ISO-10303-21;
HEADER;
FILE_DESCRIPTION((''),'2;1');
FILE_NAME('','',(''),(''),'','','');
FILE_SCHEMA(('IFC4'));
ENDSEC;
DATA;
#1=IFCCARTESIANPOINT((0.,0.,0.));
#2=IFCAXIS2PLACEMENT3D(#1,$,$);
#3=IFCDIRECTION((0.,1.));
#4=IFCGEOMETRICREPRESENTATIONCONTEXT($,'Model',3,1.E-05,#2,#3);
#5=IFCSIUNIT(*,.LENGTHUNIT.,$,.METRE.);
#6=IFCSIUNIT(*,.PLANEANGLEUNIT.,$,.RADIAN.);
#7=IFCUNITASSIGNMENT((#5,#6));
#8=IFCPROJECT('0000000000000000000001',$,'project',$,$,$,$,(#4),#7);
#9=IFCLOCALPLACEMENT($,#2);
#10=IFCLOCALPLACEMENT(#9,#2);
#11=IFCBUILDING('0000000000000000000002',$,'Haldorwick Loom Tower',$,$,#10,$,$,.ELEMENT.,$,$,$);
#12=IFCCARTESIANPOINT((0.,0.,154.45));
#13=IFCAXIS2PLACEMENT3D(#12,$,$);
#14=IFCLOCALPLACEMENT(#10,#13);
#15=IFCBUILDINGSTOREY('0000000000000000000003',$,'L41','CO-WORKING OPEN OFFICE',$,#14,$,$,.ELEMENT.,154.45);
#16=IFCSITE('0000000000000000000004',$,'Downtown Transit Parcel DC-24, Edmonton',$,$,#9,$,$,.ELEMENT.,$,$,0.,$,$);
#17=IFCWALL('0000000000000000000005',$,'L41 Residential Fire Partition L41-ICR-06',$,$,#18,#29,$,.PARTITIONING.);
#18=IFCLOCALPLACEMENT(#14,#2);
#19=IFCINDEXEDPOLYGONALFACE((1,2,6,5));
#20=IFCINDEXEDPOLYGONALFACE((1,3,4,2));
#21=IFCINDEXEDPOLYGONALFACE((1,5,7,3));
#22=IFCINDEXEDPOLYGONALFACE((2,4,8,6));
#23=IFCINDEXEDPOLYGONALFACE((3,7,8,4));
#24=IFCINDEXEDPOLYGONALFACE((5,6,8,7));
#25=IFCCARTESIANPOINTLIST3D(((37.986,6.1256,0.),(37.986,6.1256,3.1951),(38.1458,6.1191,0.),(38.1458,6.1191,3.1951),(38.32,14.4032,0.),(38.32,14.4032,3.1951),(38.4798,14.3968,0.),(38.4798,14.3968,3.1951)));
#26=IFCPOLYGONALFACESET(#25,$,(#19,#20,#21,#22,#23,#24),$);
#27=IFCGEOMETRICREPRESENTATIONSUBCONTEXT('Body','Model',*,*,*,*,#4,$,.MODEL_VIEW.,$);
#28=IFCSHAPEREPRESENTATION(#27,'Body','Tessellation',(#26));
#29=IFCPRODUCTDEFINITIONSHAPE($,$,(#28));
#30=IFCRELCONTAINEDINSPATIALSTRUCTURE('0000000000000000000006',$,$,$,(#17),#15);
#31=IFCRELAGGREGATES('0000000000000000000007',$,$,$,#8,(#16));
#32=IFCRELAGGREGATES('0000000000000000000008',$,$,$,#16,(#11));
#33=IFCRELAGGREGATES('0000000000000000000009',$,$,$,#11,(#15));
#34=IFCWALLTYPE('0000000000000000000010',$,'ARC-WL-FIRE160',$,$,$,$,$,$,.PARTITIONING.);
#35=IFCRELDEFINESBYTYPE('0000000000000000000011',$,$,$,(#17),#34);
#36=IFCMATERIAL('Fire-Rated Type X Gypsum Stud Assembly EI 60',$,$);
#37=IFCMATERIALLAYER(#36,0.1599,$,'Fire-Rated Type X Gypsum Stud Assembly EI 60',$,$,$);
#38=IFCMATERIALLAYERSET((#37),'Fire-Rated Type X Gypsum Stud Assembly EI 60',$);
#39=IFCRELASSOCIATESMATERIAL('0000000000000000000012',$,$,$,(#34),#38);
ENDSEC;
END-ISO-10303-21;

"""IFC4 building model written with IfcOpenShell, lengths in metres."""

from ifc_helpers import new_model, si_unit, direction, frame, frame_2d, origin, place, context, subcontext, project, spatial, rectangle, extrude, material, layer, layer_set, type_object, element, save


model = new_model("IFC4")

# Units and contexts
model_context = context("Model", 3, precision=1e-05, world=origin(), true_north=direction((0.0, 1.0)))
body_context = subcontext(model_context, "Body", "Model", "MODEL_VIEW")
ifc_project = project(units=[si_unit("LENGTHUNIT", "METRE"), si_unit("PLANEANGLEUNIT", "RADIAN")], contexts=[model_context])

# Site, building, storey
site_placement = place(None, origin())
site = spatial("IfcSite", under=ifc_project, at=site_placement, Name="Downtown Transit Parcel DC-24, Edmonton", CompositionType="ELEMENT", RefElevation=0.0)
building_placement = place(site_placement, origin())
building = spatial("IfcBuilding", under=site, at=building_placement, Name="Haldorwick Loom Tower", CompositionType="ELEMENT")
storey_placement = place(building_placement, frame((0.0, 0.0, 154.45)))
storey = spatial("IfcBuildingStorey", under=building, at=storey_placement, Name="L41", Description="CO-WORKING OPEN OFFICE", CompositionType="ELEMENT", Elevation=154.45)

# Wall
ifc_material_1 = material(Name="Fire-Rated Type X Gypsum Stud Assembly EI 60")
ifc_layer_1 = layer(ifc_material_1, 0.1599, Name="Fire-Rated Type X Gypsum Stud Assembly EI 60")
ifc_layer_set_1 = layer_set([ifc_layer_1], Name="Fire-Rated Type X Gypsum Stud Assembly EI 60")
wall_type_1 = type_object("IfcWallType", Name="ARC-WL-FIRE160", PredefinedType="PARTITIONING", material=ifc_layer_set_1)
wall_1_placement = place(storey_placement, frame((38.3999, 14.3999, 0.0), z_axis=(0.0, 0.0, 1.0), x_axis=(-0.040315, -0.999187, 0.0)))
element("IfcWall", 1, at=wall_1_placement, inside=storey, type_object=wall_type_1, Name="L41 Residential Fire Partition L41-ICR-06", PredefinedType="PARTITIONING", context=body_context, shape_type="SweptSolid", body=[
    extrude(rectangle(XDim=8.2844, YDim=0.1599, at=frame_2d((4.1421, 0.0))), origin(), (0.0, 0.0, 1.0), 3.1951),
])

save(model, "model.ifc")
